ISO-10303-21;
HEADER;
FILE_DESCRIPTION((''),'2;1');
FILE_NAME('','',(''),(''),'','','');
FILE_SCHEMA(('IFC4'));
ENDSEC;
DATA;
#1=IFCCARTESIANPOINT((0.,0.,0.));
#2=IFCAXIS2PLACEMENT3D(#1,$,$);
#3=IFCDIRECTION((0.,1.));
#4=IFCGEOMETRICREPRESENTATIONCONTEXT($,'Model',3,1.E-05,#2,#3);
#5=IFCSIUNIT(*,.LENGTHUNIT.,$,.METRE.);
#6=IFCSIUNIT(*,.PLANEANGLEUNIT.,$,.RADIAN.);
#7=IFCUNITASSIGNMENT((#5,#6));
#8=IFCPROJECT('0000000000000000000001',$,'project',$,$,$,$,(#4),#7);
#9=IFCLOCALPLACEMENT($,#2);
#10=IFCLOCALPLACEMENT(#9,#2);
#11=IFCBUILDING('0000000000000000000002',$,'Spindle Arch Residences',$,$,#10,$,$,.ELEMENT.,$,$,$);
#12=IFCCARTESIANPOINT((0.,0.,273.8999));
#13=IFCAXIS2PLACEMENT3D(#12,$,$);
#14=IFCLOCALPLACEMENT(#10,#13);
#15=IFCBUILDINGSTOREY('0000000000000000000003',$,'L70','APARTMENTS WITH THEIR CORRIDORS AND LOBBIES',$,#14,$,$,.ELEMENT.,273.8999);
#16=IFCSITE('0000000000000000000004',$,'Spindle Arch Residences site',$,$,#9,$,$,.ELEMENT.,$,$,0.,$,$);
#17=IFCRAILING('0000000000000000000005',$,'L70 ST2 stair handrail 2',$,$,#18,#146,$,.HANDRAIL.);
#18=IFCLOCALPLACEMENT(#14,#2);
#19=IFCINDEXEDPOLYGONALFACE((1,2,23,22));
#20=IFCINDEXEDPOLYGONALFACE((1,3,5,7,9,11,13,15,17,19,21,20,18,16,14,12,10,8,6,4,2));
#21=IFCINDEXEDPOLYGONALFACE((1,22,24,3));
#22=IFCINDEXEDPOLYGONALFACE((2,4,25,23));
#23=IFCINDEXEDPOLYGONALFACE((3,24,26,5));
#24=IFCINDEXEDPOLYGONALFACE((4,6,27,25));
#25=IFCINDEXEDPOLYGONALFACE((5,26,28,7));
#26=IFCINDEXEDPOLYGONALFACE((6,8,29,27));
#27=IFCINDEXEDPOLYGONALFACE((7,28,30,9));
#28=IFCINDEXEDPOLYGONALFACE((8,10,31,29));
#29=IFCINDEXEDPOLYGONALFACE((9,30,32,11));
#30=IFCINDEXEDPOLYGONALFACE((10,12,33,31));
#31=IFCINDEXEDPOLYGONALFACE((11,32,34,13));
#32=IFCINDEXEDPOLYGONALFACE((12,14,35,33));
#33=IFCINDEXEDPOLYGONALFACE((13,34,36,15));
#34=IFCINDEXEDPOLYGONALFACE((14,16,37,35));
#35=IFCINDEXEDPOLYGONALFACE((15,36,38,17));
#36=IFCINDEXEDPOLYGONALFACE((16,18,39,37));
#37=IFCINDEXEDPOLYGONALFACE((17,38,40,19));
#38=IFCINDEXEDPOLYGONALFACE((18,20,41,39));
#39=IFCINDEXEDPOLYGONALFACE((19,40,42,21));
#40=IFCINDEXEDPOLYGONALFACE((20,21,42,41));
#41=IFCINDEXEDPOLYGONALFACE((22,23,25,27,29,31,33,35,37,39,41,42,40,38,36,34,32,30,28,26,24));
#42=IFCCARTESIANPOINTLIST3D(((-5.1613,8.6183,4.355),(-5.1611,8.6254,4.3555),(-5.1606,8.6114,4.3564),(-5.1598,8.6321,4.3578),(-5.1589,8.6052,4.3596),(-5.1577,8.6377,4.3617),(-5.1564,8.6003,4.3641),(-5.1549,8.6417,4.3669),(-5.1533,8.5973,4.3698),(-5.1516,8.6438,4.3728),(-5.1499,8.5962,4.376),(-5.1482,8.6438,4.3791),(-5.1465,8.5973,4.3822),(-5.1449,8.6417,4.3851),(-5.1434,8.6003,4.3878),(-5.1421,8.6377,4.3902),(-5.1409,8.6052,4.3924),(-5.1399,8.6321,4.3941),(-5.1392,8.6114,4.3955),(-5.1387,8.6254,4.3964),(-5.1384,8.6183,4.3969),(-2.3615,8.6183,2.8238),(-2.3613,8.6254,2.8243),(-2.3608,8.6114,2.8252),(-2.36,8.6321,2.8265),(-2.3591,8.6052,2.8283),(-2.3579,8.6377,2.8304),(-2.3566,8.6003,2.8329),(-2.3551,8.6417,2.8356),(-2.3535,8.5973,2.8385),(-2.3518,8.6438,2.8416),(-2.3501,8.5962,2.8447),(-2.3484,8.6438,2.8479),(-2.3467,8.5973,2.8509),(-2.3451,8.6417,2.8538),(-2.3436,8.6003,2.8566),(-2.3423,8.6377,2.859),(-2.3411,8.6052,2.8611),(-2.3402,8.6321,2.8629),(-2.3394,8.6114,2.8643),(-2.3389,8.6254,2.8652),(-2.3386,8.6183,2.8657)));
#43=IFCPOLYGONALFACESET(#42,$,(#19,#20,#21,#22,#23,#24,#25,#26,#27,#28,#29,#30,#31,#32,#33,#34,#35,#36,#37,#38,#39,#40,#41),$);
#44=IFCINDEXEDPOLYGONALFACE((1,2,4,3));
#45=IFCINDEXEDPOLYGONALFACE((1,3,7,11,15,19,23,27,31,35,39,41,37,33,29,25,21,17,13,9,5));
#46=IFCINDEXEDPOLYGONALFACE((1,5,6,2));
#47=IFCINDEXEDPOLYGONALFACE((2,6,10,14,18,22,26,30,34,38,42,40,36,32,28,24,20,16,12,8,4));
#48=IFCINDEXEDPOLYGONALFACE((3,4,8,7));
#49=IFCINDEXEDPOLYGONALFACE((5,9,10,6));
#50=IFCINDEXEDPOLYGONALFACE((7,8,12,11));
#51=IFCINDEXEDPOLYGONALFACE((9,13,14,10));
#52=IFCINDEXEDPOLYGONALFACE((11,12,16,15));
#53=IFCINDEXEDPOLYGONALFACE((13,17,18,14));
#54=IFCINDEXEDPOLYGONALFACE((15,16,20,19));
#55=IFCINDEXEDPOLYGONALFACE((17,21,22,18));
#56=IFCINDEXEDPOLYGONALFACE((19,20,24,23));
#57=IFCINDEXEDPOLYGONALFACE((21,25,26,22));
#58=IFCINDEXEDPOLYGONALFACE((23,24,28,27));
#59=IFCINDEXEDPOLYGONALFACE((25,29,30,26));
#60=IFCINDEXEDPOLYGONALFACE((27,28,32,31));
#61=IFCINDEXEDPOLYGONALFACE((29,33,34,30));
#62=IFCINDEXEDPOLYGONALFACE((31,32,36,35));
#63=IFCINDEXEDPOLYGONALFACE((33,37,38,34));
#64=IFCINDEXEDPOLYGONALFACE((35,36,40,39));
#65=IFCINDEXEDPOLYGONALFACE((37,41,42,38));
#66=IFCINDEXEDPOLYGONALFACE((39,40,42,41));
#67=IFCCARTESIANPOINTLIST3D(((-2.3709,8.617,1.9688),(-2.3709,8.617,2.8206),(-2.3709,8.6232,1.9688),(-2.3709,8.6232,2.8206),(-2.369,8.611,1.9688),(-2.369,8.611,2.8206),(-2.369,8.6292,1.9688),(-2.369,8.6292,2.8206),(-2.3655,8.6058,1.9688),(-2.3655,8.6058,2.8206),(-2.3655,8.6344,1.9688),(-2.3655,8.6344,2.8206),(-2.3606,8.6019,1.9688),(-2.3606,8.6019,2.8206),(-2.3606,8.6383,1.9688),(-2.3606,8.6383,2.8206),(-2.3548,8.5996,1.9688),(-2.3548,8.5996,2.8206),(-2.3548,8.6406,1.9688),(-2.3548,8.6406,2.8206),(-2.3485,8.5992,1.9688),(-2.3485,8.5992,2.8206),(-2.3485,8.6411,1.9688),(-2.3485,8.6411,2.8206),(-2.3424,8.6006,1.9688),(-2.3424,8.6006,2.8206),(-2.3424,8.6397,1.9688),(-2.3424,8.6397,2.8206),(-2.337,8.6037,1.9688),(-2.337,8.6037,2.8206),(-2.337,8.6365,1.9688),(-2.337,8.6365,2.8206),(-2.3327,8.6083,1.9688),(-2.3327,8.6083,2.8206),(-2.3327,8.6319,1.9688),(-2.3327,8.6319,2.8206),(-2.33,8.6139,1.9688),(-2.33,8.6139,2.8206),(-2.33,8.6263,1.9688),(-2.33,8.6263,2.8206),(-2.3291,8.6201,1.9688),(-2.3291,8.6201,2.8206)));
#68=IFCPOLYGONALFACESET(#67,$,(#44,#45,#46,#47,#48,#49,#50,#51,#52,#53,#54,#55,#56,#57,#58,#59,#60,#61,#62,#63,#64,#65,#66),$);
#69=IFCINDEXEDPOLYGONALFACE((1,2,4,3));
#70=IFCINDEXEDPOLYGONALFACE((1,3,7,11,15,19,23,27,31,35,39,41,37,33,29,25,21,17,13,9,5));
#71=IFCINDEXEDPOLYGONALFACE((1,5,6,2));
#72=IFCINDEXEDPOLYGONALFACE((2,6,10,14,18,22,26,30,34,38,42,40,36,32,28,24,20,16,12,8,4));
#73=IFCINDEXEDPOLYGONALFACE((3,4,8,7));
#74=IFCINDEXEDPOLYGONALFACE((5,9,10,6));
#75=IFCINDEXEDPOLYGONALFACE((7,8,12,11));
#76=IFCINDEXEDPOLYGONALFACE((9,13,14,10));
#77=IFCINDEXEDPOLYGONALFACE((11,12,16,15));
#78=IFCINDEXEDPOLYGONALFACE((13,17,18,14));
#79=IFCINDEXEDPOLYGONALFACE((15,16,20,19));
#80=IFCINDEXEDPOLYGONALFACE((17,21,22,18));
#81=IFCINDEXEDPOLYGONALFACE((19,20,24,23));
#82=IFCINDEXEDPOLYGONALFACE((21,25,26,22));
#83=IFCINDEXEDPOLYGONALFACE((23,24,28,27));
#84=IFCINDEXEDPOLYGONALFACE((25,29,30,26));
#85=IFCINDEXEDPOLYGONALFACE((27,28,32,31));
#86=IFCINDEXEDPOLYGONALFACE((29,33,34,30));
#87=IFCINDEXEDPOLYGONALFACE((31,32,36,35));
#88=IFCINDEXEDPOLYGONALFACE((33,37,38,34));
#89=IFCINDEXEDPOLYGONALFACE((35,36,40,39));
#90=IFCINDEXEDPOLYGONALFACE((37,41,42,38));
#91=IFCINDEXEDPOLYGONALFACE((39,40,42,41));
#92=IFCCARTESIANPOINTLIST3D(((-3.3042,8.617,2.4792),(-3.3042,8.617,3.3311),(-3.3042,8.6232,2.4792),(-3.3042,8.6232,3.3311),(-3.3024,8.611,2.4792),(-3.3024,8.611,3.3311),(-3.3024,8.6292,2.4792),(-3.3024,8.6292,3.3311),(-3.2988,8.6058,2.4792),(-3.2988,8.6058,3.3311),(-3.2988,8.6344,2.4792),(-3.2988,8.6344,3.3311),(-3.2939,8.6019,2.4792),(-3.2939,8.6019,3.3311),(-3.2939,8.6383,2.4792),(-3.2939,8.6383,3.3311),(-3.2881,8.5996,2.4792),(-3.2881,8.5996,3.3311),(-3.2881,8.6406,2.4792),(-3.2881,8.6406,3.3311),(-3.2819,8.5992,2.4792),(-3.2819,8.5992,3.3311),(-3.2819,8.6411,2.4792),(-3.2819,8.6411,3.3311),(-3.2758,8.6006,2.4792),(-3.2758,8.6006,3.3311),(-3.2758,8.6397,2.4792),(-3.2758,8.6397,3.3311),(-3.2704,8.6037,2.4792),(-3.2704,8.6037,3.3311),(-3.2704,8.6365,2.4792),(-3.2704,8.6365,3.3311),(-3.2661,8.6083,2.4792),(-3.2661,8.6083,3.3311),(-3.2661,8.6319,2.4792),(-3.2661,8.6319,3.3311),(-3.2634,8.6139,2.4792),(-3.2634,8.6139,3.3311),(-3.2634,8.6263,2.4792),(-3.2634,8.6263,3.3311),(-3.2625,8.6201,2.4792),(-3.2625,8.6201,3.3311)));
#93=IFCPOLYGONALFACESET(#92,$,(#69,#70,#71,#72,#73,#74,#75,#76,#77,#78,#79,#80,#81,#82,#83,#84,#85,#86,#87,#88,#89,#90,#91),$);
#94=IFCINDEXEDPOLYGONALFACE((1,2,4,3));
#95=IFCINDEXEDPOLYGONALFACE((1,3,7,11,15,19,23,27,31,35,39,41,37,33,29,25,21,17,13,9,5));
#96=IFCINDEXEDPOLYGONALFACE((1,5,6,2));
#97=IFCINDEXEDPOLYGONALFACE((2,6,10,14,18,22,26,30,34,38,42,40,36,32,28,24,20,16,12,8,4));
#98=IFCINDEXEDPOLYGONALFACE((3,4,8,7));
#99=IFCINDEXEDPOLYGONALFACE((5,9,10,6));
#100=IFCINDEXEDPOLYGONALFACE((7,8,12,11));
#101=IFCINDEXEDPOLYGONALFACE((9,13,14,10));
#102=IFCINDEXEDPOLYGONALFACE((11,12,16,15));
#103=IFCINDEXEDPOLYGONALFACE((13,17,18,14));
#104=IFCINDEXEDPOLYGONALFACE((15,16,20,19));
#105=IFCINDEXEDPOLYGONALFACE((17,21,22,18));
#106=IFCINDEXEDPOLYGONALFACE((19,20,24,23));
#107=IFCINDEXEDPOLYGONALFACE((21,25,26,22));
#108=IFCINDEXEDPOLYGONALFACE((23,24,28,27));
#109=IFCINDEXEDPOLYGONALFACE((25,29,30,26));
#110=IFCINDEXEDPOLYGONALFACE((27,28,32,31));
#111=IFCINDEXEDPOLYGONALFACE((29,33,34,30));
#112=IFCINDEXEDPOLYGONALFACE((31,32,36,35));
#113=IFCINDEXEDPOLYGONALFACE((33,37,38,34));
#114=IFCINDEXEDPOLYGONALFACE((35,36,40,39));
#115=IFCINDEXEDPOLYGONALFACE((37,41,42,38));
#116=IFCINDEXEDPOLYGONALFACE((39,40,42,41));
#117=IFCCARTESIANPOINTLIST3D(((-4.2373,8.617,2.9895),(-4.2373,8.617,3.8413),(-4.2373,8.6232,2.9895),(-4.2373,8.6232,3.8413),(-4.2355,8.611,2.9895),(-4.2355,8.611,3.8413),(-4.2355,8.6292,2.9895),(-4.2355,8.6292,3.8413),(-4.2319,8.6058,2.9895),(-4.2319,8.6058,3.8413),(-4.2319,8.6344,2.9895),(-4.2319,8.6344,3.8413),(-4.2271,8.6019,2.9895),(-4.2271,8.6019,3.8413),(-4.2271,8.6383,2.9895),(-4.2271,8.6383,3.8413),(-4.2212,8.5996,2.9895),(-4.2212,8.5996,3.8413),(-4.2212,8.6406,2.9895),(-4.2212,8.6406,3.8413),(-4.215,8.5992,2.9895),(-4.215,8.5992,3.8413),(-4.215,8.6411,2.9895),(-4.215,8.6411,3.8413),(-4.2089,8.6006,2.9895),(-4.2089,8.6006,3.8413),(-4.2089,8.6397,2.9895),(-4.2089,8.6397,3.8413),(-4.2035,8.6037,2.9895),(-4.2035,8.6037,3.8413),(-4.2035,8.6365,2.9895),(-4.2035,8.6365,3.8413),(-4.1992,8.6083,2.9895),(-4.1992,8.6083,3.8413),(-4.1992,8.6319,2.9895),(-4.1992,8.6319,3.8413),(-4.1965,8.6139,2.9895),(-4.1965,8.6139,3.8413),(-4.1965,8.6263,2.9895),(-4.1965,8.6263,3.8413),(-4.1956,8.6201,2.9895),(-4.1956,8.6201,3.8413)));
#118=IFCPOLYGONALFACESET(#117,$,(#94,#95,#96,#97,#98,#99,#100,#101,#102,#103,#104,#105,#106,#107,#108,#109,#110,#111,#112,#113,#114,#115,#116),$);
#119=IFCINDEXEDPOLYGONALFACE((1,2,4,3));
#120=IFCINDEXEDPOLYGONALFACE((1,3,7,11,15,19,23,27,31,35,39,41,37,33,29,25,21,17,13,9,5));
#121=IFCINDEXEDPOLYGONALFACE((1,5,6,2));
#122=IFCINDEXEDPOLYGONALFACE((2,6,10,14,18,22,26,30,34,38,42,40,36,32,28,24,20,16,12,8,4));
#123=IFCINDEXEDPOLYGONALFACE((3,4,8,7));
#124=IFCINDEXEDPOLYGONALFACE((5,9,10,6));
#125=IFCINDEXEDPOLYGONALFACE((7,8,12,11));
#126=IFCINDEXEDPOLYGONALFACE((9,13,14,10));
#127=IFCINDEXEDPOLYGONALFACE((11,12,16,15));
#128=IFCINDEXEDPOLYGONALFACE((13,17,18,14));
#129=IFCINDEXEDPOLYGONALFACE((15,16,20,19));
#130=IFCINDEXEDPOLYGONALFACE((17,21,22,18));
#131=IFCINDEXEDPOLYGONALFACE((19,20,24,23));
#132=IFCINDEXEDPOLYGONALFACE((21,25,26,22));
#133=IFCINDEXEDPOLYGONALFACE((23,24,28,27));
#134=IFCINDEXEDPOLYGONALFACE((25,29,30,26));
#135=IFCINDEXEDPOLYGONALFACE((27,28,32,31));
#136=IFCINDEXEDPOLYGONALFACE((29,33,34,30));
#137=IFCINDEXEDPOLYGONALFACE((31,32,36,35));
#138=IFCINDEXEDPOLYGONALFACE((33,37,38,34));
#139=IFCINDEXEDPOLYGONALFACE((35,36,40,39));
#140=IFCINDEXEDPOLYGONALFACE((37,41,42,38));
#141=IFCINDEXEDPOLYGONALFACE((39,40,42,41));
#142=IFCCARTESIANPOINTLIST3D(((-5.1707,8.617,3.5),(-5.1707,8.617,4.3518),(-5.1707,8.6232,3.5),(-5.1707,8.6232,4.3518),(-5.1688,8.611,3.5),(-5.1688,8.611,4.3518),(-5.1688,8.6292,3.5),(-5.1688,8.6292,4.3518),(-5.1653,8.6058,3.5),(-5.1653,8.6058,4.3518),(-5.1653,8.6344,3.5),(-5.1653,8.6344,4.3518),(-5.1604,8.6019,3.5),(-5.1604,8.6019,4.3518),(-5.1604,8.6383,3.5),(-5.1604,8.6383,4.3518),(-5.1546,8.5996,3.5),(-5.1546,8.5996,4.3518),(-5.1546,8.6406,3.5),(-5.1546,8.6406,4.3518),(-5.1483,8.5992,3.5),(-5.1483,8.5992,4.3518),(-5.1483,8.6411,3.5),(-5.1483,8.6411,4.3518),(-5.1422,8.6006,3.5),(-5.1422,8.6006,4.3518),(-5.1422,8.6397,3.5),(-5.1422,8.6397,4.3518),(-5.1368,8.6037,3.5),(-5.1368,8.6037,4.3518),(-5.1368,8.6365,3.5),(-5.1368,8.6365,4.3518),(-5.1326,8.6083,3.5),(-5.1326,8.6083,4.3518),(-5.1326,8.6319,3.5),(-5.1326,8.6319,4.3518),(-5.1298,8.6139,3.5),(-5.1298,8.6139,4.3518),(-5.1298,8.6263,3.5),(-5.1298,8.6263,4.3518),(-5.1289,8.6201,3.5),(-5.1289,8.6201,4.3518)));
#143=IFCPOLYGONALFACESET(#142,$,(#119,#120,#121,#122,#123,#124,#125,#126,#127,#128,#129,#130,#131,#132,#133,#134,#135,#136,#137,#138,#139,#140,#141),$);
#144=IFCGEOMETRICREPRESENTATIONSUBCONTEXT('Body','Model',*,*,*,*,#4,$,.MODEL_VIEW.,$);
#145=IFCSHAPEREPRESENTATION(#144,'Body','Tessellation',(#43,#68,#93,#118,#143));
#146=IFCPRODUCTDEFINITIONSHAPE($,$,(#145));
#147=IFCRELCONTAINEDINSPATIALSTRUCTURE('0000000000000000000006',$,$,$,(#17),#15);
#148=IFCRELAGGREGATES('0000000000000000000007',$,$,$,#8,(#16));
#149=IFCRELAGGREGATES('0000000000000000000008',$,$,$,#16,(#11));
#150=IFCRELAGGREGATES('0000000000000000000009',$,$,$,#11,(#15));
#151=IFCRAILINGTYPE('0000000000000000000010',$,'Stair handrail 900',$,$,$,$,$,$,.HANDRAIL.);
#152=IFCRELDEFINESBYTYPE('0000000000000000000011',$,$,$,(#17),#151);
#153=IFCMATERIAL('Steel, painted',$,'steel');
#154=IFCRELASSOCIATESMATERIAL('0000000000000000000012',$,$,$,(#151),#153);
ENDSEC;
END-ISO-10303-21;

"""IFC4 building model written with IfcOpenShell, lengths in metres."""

from ifc_helpers import new_model, si_unit, direction, frame, origin, origin_2d, place, context, subcontext, project, spatial, circle, extrude, material, type_object, element, save


model = new_model("IFC4")

# Units and contexts
model_context = context("Model", 3, precision=1e-05, world=origin(), true_north=direction((0.0, 1.0)))
body_context = subcontext(model_context, "Body", "Model", "MODEL_VIEW")
ifc_project = project(units=[si_unit("LENGTHUNIT", "METRE"), si_unit("PLANEANGLEUNIT", "RADIAN")], contexts=[model_context])

# Site, building, storey
site_placement = place(None, origin())
site = spatial("IfcSite", under=ifc_project, at=site_placement, Name="Spindle Arch Residences site", CompositionType="ELEMENT", RefElevation=0.0)
building_placement = place(site_placement, origin())
building = spatial("IfcBuilding", under=site, at=building_placement, Name="Spindle Arch Residences", CompositionType="ELEMENT")
storey_placement = place(building_placement, frame((0.0, 0.0, 273.8999)))
storey = spatial("IfcBuildingStorey", under=building, at=storey_placement, Name="L70", Description="APARTMENTS WITH THEIR CORRIDORS AND LOBBIES", CompositionType="ELEMENT", Elevation=273.8999)

# Railing
ifc_material_1 = material(Name="Steel, painted", Category="steel")
railing_type_1 = type_object("IfcRailingType", Name="Stair handrail 900", PredefinedType="HANDRAIL", material=ifc_material_1)
railing_1_placement = place(storey_placement, frame((-2.3501, 8.6201, 1.9688)))
element("IfcRailing", 1, at=railing_1_placement, inside=storey, type_object=railing_type_1, Name="L70 ST2 stair handrail 2", PredefinedType="HANDRAIL", context=body_context, shape_type="SweptSolid", body=[
    extrude(circle(Radius=0.0239, at=origin_2d()), frame((0.0, 0.0, 0.876), z_axis=(-0.877357, 0.0, 0.479838), x_axis=(0.0, -1.0, 0.0)), (0.0, 0.0, 1.0), 3.1912),
    extrude(circle(Radius=0.021, at=origin_2d()), origin(), (0.0, 0.0, 1.0), 0.8518),
    extrude(circle(Radius=0.021, at=origin_2d()), frame((-0.9333, 0.0, 0.5105)), (0.0, 0.0, 1.0), 0.8518),
    extrude(circle(Radius=0.021, at=origin_2d()), frame((-1.8665, 0.0, 1.0208)), (0.0, 0.0, 1.0), 0.8518),
    extrude(circle(Radius=0.021, at=origin_2d()), frame((-2.7998, 0.0, 1.5312)), (0.0, 0.0, 1.0), 0.8518),
])

save(model, "model.ifc")
